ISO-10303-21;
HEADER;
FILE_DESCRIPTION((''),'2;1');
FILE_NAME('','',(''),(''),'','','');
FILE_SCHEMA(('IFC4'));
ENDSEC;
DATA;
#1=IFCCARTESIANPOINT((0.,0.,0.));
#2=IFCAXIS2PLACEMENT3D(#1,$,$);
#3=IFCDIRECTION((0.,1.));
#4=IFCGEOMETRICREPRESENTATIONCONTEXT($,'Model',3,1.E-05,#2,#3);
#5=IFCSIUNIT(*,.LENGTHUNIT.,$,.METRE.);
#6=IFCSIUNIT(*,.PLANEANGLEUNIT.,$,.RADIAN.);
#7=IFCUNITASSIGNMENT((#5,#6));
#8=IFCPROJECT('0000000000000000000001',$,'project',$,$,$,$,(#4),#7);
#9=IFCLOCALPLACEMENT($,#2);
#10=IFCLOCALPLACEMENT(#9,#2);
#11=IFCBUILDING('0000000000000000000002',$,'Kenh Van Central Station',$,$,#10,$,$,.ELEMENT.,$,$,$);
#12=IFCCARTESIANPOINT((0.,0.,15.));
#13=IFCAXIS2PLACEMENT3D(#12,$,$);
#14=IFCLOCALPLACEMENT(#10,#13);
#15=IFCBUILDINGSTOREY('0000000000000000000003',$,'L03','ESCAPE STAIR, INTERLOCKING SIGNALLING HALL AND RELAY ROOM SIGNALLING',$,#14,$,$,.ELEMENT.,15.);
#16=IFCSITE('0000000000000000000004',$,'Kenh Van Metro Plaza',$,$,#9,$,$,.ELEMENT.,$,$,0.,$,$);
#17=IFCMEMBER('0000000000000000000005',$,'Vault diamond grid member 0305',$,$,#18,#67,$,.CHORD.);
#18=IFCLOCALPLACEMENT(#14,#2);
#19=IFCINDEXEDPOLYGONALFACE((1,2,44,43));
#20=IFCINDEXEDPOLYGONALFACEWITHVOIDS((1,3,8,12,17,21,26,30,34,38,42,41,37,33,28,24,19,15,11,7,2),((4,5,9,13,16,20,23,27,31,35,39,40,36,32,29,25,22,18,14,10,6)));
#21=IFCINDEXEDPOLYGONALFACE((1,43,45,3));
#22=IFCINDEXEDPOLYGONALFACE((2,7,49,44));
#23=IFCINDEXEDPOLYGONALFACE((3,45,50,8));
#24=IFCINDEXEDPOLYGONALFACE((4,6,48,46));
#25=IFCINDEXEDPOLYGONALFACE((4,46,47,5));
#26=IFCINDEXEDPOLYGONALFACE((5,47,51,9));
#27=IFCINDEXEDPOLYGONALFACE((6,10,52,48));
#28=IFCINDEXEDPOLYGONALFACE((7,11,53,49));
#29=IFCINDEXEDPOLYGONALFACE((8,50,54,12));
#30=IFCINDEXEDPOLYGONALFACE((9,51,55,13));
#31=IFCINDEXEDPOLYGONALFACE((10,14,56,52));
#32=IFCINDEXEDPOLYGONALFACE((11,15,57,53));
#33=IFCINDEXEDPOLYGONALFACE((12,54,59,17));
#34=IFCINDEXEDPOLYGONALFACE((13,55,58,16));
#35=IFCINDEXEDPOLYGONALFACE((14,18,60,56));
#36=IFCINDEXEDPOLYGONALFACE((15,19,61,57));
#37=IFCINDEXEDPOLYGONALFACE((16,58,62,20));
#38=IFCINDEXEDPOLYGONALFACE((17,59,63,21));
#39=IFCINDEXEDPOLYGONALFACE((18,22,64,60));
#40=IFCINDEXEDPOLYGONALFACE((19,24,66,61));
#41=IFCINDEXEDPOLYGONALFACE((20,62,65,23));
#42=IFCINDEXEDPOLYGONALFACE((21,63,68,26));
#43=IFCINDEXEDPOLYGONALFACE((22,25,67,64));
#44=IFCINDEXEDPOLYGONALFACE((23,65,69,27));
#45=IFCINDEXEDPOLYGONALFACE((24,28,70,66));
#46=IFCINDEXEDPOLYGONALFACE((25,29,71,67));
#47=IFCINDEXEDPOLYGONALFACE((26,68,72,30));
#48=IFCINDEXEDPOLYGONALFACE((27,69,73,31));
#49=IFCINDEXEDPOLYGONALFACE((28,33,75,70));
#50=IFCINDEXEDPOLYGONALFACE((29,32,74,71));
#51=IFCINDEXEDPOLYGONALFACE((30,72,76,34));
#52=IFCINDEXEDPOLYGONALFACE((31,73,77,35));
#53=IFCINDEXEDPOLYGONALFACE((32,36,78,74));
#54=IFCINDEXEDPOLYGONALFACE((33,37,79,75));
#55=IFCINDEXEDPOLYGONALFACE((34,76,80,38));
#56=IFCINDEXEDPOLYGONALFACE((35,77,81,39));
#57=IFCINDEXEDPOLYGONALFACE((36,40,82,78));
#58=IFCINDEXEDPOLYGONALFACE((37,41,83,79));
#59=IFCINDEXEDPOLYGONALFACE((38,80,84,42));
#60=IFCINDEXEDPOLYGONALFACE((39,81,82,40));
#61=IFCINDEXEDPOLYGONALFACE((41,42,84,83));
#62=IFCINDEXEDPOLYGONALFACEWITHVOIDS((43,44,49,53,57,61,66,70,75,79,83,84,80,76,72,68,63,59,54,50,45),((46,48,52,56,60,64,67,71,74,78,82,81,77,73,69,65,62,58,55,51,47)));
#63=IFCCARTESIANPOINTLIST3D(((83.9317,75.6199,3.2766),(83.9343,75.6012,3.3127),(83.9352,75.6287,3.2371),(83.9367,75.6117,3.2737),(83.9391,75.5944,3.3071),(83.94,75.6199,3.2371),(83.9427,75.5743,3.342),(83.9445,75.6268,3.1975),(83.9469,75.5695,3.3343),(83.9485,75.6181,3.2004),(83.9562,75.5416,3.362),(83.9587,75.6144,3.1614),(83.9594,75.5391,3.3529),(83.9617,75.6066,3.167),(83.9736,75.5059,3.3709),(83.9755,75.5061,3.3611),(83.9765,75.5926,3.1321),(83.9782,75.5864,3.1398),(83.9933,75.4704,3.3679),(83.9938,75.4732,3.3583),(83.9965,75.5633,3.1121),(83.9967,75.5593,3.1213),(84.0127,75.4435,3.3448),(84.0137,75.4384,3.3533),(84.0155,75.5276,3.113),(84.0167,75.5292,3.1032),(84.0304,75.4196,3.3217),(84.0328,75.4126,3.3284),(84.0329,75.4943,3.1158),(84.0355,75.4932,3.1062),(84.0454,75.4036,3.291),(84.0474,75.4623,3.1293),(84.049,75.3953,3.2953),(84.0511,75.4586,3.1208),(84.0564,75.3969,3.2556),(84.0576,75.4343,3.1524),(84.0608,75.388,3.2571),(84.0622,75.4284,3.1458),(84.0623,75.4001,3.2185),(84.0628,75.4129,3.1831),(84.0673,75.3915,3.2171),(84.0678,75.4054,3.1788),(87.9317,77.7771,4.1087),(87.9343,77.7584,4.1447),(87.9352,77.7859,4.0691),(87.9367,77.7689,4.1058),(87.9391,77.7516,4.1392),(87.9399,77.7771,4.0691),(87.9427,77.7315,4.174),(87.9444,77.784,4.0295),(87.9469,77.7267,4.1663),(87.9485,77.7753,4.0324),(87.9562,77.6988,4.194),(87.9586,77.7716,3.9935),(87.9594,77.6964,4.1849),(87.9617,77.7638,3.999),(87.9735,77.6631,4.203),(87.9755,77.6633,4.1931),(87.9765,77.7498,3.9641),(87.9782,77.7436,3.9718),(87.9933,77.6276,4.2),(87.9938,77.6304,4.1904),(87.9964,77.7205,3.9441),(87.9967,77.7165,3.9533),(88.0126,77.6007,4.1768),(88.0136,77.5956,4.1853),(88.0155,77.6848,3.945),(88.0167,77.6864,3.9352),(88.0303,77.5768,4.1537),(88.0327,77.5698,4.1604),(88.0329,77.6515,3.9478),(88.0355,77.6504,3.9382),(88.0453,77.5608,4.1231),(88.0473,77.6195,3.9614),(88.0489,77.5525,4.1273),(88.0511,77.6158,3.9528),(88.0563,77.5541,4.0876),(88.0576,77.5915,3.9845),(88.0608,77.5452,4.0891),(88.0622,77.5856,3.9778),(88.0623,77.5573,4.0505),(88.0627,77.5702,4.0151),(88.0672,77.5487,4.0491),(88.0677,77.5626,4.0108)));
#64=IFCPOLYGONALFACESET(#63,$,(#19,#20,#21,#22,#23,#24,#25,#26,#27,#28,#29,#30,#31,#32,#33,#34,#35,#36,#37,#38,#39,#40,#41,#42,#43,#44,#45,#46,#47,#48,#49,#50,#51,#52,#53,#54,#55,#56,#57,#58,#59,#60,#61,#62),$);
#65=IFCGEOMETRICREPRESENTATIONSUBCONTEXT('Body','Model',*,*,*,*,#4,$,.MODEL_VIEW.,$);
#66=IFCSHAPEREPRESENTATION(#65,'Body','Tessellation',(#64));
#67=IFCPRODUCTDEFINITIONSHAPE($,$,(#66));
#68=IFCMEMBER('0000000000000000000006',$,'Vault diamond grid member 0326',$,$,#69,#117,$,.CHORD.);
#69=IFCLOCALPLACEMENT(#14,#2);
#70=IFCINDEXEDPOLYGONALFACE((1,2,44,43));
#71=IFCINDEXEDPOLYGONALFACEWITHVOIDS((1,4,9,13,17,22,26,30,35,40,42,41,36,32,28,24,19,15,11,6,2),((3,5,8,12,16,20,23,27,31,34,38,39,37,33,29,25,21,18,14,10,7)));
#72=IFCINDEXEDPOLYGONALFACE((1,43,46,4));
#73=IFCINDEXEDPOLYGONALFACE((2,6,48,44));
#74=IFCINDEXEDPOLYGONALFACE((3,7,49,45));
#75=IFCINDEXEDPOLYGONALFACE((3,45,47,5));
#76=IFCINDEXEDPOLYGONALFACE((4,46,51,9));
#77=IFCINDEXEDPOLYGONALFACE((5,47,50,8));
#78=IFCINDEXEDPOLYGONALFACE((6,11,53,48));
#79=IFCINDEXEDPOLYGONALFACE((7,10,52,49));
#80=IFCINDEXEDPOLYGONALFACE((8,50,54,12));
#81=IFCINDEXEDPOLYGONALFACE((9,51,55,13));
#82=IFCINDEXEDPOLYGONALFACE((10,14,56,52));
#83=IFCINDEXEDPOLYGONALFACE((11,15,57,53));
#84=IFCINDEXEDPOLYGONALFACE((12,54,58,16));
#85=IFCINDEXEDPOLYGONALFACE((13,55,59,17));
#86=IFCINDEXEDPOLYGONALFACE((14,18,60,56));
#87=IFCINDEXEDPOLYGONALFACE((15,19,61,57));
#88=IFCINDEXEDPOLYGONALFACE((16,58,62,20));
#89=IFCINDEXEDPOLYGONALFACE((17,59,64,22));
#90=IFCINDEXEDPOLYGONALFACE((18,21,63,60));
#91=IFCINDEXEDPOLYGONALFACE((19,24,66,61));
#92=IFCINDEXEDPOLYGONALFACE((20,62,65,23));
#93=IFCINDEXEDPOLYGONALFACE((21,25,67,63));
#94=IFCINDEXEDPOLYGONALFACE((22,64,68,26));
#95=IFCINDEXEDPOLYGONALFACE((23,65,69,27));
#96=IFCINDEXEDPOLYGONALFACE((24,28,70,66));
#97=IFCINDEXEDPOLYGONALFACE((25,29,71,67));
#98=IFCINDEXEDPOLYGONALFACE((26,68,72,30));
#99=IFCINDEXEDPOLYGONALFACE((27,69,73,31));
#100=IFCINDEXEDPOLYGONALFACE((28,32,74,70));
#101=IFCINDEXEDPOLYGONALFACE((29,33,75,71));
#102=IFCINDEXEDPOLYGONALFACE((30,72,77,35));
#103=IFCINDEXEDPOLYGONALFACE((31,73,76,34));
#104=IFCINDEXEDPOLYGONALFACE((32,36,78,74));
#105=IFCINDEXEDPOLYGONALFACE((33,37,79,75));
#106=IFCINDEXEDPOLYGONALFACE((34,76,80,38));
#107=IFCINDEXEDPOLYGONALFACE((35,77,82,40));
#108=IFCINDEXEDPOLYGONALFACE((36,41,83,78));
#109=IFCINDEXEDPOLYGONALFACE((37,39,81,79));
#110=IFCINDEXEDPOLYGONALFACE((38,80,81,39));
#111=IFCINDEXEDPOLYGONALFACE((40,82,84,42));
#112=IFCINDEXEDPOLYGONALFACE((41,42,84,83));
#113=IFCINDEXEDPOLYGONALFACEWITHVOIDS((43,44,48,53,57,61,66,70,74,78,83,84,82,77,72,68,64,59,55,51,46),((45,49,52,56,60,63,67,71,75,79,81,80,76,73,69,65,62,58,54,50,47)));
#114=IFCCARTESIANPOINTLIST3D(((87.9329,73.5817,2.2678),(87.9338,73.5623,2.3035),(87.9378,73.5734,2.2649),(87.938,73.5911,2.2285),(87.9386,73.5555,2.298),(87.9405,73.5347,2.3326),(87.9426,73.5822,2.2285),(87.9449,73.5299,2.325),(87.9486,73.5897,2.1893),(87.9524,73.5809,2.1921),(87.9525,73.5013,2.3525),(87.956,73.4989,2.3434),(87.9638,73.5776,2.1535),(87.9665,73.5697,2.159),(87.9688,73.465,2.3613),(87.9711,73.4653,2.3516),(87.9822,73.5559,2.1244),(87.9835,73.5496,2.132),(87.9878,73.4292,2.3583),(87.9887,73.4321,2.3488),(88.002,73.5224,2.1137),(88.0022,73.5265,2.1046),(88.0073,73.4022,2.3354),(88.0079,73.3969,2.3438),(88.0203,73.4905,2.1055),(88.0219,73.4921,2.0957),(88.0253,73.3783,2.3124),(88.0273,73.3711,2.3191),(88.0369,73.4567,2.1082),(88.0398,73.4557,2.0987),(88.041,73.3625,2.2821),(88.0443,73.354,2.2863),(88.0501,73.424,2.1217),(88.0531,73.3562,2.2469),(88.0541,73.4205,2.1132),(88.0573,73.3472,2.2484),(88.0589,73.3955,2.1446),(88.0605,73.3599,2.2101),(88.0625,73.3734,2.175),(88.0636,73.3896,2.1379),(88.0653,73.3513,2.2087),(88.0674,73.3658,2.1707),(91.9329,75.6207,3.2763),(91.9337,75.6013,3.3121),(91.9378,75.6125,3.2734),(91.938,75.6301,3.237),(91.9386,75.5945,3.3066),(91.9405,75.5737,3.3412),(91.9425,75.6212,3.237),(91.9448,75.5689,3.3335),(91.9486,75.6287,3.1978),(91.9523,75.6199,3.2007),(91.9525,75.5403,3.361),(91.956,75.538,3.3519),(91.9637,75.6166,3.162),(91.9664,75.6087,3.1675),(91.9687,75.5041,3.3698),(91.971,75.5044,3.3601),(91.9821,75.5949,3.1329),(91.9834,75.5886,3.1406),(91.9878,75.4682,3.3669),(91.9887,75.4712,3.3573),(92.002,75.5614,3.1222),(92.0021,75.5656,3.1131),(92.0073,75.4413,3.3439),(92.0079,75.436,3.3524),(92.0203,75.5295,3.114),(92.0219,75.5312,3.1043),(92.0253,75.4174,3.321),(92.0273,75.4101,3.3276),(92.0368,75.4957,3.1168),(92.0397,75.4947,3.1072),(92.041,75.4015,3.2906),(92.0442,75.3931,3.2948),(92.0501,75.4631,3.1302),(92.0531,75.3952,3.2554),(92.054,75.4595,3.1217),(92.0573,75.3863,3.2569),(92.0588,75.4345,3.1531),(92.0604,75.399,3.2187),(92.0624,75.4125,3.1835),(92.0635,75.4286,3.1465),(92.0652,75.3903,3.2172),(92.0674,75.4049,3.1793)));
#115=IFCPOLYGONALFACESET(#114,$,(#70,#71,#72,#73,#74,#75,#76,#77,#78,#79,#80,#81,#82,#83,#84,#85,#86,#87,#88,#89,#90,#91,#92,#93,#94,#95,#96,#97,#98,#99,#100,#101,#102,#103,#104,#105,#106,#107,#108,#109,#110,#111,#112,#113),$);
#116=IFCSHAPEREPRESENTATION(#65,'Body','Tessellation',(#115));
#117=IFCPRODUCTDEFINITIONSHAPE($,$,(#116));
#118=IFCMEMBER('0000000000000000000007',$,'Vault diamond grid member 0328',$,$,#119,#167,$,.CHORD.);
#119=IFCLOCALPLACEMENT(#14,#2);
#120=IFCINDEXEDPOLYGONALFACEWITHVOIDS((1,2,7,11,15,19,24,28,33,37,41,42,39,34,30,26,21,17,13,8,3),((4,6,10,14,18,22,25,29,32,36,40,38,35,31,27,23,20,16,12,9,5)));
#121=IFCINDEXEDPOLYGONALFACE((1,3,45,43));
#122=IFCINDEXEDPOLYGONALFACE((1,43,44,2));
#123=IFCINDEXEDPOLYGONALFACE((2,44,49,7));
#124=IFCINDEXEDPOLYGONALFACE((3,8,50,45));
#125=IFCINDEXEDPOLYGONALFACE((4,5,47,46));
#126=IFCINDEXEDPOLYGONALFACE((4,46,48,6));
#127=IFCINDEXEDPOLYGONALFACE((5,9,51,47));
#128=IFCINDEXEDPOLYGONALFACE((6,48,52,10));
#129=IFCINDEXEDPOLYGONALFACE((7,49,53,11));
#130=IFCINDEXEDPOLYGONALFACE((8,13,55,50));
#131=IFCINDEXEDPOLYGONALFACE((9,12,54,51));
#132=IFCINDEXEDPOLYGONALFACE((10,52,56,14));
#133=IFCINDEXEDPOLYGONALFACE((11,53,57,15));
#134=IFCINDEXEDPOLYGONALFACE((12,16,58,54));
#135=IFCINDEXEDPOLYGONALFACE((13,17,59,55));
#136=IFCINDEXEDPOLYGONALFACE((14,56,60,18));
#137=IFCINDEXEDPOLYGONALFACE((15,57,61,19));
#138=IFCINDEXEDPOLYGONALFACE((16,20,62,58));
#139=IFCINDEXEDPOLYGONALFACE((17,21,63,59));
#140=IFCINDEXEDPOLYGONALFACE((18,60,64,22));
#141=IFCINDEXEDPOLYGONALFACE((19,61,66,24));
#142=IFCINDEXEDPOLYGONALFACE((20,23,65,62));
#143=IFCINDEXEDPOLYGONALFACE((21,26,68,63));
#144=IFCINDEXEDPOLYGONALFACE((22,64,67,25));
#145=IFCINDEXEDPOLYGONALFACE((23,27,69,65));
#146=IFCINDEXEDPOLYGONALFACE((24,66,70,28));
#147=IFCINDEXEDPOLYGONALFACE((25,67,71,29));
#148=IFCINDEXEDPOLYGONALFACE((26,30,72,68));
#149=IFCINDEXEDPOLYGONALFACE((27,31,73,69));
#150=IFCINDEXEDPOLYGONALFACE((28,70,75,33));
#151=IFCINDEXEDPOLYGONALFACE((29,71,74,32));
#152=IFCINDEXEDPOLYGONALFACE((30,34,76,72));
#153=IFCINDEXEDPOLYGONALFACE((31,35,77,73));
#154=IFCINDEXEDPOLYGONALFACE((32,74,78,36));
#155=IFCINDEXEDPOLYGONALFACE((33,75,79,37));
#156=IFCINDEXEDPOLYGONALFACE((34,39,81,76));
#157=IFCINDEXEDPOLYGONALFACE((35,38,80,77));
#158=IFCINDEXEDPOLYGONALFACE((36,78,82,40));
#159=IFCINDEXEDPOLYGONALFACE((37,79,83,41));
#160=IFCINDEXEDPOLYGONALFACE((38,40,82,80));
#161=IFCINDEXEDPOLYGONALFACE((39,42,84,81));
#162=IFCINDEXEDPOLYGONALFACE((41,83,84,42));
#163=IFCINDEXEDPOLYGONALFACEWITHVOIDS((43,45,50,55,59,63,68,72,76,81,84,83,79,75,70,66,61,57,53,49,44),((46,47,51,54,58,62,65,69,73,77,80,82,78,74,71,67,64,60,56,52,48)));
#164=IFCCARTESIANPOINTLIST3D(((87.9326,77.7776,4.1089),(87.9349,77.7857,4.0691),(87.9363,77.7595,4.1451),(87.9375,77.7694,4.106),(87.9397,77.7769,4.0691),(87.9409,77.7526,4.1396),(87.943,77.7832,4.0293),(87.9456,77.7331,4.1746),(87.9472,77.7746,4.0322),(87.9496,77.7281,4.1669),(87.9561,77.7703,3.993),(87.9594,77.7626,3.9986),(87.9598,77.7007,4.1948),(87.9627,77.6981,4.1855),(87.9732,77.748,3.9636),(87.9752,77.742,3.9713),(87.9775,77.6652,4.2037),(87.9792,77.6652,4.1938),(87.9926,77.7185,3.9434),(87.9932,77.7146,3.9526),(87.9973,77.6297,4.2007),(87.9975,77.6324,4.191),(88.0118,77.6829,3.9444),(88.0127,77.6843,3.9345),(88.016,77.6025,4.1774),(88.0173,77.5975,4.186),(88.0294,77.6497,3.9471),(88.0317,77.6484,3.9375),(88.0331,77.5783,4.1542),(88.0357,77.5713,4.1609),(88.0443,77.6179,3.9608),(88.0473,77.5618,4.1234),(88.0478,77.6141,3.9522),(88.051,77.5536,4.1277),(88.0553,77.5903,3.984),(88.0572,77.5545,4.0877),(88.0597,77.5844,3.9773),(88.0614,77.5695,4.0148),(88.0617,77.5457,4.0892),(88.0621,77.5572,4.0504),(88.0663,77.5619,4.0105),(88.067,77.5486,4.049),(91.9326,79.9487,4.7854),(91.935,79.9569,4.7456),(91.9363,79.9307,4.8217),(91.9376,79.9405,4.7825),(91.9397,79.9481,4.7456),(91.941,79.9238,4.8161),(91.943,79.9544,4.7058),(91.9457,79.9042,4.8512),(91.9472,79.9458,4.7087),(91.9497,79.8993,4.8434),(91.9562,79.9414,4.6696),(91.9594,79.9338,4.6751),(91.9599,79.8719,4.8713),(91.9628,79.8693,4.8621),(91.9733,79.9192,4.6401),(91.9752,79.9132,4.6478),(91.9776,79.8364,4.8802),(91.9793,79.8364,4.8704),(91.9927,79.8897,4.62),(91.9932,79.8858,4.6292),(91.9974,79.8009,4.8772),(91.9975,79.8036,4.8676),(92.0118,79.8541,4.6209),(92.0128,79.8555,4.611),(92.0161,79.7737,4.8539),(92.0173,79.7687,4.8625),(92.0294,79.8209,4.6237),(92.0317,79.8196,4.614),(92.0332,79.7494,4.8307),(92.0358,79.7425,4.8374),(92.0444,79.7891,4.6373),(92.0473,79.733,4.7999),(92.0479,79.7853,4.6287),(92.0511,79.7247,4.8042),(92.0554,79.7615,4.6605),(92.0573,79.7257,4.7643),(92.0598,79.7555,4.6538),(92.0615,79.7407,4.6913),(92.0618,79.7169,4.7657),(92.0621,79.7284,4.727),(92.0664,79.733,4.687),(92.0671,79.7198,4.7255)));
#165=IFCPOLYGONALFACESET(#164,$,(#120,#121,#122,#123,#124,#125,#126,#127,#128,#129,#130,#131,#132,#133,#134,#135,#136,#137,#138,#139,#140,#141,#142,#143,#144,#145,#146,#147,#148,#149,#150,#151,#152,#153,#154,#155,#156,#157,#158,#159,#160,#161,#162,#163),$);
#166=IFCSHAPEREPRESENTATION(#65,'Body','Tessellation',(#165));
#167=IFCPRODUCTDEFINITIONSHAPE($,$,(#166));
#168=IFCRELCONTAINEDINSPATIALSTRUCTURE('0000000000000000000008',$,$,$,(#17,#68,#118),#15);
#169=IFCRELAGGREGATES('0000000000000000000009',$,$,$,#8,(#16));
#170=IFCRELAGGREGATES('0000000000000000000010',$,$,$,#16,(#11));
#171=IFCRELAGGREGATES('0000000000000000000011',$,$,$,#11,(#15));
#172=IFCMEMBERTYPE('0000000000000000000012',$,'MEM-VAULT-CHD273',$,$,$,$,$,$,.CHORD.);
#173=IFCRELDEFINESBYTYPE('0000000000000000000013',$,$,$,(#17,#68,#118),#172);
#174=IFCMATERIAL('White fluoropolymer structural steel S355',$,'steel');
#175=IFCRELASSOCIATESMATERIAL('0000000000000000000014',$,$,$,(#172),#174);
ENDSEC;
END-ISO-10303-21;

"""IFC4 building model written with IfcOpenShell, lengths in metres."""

from ifc_helpers import new_model, si_unit, direction, frame, origin, origin_2d, place, context, subcontext, project, spatial, hollow_circle, extrude, material, material_profile, profile_set, type_object, element, save


model = new_model("IFC4")

# Units and contexts
model_context = context("Model", 3, precision=1e-05, world=origin(), true_north=direction((0.0, 1.0)))
body_context = subcontext(model_context, "Body", "Model", "MODEL_VIEW")
ifc_project = project(units=[si_unit("LENGTHUNIT", "METRE"), si_unit("PLANEANGLEUNIT", "RADIAN")], contexts=[model_context])

# Site, building, storey
site_placement = place(None, origin())
site = spatial("IfcSite", under=ifc_project, at=site_placement, Name="Kenh Van Metro Plaza", CompositionType="ELEMENT", RefElevation=0.0)
building_placement = place(site_placement, origin())
building = spatial("IfcBuilding", under=site, at=building_placement, Name="Kenh Van Central Station", CompositionType="ELEMENT")
storey_placement = place(building_placement, frame((0.0, 0.0, 15.0)))
storey = spatial("IfcBuildingStorey", under=building, at=storey_placement, Name="L03", Description="ESCAPE STAIR, INTERLOCKING SIGNALLING HALL AND RELAY ROOM SIGNALLING", CompositionType="ELEMENT", Elevation=15.0)

# Shared definitions
ifc_material_1 = material(Name="White fluoropolymer structural steel S355", Category="steel")

# Members
ifc_material_profile_1 = material_profile(ifc_material_1, hollow_circle(Radius=0.1365, WallThickness=0.01, at=origin_2d()), Name="CHS 273x10")
ifc_profile_set_1 = profile_set([ifc_material_profile_1], Name="White fluoropolymer structural steel S355")
member_type_1 = type_object("IfcMemberType", Name="MEM-VAULT-CHD273", PredefinedType="CHORD", material=ifc_profile_set_1)
member_1_placement = place(storey_placement, frame((84.0, 75.5085, 3.2371), z_axis=(0.86577, 0.466916, 0.180087), x_axis=(-0.474676, 0.88016, 0.0)))
element("IfcMember", 1, at=member_1_placement, inside=storey, type_object=member_type_1, Name="Vault diamond grid member 0305", PredefinedType="CHORD", context=body_context, shape_type="SweptSolid", body=[
    extrude(hollow_circle(Radius=0.1365, WallThickness=0.01, at=origin_2d()), origin(), (0.0, 0.0, 1.0), 4.6201),
])
member_2_placement = place(storey_placement, frame((88.0, 73.4695, 2.2285), z_axis=(0.869258, 0.443118, 0.219172), x_axis=(-0.45416, 0.89092, 0.0)))
element("IfcMember", 2, at=member_2_placement, inside=storey, type_object=member_type_1, Name="Vault diamond grid member 0326", PredefinedType="CHORD", context=body_context, shape_type="SweptSolid", body=[
    extrude(hollow_circle(Radius=0.1365, WallThickness=0.01, at=origin_2d()), origin(), (0.0, 0.0, 1.0), 4.6016),
])
member_3_placement = place(storey_placement, frame((88.0, 77.6658, 4.0691), z_axis=(0.869328, 0.471859, 0.147028), x_axis=(-0.477043, 0.87888, 0.0)))
element("IfcMember", 3, at=member_3_placement, inside=storey, type_object=member_type_1, Name="Vault diamond grid member 0328", PredefinedType="CHORD", context=body_context, shape_type="SweptSolid", body=[
    extrude(hollow_circle(Radius=0.1365, WallThickness=0.01, at=origin_2d()), origin(), (0.0, 0.0, 1.0), 4.6013),
])

save(model, "model.ifc")
